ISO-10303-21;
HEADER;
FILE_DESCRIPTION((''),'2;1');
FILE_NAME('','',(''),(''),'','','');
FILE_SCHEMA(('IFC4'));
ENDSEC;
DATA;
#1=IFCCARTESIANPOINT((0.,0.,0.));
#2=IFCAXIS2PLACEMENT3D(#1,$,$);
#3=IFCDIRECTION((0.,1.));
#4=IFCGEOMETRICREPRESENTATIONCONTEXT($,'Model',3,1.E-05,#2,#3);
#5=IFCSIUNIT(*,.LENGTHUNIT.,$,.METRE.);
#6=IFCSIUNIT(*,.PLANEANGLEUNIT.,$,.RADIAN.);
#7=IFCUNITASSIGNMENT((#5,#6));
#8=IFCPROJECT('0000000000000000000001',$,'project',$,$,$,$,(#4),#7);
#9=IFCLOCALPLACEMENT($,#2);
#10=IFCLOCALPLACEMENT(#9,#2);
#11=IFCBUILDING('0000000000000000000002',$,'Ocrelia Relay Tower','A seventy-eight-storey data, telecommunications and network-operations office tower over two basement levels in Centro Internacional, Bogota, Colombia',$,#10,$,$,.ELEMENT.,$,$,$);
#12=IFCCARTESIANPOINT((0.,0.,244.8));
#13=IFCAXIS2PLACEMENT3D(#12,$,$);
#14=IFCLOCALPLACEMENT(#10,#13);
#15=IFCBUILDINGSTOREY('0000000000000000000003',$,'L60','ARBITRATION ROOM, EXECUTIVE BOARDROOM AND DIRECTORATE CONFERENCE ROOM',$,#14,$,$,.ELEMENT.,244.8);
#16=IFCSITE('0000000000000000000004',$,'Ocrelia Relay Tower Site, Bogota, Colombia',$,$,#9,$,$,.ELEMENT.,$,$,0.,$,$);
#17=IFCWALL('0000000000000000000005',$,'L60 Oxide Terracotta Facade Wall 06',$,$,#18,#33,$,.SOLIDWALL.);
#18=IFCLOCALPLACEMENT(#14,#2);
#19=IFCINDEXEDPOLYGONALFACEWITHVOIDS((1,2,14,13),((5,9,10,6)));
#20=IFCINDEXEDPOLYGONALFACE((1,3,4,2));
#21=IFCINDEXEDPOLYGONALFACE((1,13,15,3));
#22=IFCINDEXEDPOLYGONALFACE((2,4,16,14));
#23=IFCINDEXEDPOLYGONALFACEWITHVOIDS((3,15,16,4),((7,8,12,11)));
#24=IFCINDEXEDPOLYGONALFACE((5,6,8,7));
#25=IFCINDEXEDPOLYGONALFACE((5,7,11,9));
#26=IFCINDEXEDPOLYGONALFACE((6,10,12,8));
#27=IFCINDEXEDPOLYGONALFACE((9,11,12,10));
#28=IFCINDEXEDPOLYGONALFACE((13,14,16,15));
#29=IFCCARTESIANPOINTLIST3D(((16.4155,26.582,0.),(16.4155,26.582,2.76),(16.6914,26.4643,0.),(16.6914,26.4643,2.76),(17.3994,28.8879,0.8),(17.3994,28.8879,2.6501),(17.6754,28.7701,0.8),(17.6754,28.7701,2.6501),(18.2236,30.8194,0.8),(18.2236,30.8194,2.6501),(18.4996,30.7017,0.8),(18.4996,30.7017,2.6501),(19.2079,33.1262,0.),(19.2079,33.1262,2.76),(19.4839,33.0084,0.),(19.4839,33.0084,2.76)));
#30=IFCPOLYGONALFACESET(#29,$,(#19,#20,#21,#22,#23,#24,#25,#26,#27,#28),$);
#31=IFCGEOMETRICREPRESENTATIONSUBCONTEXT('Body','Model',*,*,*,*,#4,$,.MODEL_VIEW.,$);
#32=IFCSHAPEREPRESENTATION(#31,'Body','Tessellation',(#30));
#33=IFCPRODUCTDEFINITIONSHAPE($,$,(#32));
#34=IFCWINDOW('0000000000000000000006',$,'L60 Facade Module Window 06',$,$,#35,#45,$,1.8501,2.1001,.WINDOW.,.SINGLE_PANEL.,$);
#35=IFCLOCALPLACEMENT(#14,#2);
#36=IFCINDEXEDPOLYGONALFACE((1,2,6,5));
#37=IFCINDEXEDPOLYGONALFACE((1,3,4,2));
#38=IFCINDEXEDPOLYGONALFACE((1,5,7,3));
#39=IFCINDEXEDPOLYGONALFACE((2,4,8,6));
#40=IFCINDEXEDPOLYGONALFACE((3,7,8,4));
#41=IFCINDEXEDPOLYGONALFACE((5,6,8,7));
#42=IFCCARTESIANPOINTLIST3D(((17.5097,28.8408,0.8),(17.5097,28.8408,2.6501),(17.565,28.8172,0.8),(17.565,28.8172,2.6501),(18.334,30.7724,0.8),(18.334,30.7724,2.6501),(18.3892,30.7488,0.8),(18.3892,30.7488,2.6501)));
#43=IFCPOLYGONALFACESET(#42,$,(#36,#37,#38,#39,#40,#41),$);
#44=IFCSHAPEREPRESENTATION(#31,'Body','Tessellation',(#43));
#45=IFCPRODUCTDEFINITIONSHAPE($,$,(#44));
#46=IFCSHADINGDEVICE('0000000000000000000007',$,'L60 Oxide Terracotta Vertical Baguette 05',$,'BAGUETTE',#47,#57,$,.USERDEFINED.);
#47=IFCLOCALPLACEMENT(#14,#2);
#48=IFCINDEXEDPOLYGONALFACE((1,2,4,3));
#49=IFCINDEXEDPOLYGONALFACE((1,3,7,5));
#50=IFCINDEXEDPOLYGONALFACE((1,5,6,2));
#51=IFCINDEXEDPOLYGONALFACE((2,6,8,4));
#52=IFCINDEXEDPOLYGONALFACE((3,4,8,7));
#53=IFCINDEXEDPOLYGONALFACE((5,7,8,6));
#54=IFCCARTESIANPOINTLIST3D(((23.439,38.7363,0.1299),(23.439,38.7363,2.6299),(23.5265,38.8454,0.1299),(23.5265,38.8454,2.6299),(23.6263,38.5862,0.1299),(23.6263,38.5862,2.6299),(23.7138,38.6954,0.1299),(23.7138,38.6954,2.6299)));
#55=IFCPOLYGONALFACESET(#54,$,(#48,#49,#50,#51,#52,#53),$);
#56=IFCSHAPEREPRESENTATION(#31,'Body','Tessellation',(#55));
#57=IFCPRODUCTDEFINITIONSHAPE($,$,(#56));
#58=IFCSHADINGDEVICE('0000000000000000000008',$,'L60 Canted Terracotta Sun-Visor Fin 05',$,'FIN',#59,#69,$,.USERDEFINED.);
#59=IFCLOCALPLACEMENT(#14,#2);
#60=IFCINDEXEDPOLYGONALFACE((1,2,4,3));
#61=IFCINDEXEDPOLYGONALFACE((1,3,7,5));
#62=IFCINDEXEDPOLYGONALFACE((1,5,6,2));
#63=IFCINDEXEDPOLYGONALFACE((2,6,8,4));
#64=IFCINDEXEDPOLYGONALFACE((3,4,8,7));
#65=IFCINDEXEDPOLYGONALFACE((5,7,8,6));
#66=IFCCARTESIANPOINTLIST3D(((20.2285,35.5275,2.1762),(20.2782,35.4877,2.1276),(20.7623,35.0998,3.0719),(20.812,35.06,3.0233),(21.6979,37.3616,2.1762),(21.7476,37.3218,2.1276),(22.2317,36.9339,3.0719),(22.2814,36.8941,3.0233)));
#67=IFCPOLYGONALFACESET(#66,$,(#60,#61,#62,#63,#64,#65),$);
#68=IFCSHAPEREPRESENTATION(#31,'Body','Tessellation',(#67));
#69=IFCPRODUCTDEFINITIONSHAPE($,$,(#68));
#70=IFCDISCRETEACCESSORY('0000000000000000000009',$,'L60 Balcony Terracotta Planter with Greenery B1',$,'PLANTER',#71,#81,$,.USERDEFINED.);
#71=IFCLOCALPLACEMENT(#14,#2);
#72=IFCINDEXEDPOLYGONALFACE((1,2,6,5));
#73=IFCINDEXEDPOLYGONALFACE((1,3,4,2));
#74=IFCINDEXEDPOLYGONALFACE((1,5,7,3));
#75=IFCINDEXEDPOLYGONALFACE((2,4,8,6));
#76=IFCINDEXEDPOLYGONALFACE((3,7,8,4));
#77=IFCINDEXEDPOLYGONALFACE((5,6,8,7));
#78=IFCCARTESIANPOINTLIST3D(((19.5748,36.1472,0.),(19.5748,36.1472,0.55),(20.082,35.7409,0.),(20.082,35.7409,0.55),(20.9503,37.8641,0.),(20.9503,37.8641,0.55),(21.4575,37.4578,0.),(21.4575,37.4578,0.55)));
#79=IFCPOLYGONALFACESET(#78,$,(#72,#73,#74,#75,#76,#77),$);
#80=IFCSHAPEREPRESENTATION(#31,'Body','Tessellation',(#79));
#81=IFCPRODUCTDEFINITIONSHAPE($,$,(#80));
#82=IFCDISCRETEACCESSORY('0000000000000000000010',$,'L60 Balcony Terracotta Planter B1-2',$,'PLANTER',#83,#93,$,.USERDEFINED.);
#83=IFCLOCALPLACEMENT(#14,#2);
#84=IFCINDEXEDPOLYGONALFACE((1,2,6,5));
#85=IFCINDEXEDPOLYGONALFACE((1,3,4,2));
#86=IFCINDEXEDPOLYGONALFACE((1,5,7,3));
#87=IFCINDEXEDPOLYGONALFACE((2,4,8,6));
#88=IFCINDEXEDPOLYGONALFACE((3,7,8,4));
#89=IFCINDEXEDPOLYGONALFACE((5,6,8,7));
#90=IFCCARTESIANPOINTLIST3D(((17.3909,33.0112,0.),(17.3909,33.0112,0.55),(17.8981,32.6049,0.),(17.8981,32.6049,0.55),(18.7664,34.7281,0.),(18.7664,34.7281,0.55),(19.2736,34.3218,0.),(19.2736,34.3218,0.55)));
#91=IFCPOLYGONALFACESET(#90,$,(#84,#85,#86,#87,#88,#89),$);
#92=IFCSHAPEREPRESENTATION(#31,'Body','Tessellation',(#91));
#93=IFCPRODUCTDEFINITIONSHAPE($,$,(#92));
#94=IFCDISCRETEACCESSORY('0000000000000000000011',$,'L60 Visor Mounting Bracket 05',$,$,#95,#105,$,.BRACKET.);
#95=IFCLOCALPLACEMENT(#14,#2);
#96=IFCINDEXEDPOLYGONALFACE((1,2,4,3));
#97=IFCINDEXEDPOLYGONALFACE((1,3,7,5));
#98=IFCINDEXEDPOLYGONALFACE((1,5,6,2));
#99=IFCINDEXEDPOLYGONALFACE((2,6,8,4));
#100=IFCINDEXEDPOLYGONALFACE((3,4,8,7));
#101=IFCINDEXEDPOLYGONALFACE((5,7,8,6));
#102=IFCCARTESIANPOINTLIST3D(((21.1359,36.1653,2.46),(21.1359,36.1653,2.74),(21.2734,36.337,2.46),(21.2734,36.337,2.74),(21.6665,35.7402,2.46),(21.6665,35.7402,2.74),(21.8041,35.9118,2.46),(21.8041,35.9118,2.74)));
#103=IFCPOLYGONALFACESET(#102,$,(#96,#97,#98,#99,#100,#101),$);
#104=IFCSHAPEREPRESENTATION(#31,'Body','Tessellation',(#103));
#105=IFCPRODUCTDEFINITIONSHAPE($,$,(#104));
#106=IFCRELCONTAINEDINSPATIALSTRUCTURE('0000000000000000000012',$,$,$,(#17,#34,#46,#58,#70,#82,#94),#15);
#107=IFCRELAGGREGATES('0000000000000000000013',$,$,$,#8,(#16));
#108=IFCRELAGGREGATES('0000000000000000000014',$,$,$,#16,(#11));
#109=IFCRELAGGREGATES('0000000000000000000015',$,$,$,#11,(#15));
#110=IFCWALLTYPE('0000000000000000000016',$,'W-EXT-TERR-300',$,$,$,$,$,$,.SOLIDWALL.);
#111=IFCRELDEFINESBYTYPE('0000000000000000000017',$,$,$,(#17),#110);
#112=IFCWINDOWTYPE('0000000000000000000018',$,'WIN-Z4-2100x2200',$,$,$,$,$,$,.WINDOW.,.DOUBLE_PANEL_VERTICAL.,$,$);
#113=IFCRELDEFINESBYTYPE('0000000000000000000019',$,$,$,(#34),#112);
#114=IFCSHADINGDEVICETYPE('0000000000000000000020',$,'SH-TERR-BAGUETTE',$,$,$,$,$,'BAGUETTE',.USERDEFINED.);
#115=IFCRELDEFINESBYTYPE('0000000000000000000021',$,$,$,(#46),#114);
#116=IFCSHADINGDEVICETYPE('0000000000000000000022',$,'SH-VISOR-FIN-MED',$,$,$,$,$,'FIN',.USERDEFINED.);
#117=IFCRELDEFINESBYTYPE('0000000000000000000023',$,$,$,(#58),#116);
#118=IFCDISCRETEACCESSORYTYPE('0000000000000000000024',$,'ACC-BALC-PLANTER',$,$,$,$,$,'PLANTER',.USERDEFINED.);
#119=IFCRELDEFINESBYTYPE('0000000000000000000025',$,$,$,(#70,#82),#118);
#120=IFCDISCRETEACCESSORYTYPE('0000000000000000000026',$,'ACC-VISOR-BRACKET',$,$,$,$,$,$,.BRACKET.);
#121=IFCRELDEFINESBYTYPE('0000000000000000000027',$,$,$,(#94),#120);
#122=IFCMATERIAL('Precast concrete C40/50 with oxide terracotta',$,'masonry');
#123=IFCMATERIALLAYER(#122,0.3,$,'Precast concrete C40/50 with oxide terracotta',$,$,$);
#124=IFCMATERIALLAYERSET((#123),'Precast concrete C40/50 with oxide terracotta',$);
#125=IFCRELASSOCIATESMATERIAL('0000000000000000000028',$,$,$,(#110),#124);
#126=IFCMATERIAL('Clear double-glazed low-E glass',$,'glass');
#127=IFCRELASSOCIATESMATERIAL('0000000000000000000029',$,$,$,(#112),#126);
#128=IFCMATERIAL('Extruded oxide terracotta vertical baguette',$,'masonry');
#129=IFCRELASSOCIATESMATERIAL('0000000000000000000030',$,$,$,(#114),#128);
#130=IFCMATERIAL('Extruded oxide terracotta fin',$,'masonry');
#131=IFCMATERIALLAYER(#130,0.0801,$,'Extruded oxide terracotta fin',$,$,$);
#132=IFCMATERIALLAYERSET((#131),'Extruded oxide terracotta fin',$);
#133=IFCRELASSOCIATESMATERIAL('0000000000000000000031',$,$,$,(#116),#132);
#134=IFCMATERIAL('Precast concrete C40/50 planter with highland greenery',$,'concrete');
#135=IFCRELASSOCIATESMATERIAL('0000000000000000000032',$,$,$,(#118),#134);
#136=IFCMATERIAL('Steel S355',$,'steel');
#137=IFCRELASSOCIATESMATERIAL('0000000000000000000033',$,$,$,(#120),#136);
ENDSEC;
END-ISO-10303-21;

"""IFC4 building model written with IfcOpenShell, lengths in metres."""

from ifc_helpers import new_model, si_unit, direction, frame, frame_2d, origin, origin_2d, place, context, subcontext, project, spatial, rectangle, extrude, material, layer, layer_set, type_object, element, fill, save


model = new_model("IFC4")

# Units and contexts
model_context = context("Model", 3, precision=1e-05, world=origin(), true_north=direction((0.0, 1.0)))
body_context = subcontext(model_context, "Body", "Model", "MODEL_VIEW")
ifc_project = project(units=[si_unit("LENGTHUNIT", "METRE"), si_unit("PLANEANGLEUNIT", "RADIAN")], contexts=[model_context])

# Site, building, storey
site_placement = place(None, origin())
site = spatial("IfcSite", under=ifc_project, at=site_placement, Name="Ocrelia Relay Tower Site, Bogota, Colombia", CompositionType="ELEMENT", RefElevation=0.0)
building_placement = place(site_placement, origin())
building = spatial("IfcBuilding", under=site, at=building_placement, Name="Ocrelia Relay Tower", Description="A seventy-eight-storey data, telecommunications and network-operations office tower over two basement levels in Centro Internacional, Bogota, Colombia", CompositionType="ELEMENT")
storey_placement = place(building_placement, frame((0.0, 0.0, 244.8)))
storey = spatial("IfcBuildingStorey", under=building, at=storey_placement, Name="L60", Description="ARBITRATION ROOM, EXECUTIVE BOARDROOM AND DIRECTORATE CONFERENCE ROOM", CompositionType="ELEMENT", Elevation=244.8)

# Shared definitions
ifc_material_1 = material(Name="Steel S355", Category="steel")

# Shared definitions
ifc_material_2 = material(Name="Precast concrete C40/50 with oxide terracotta", Category="masonry")
ifc_layer_1 = layer(ifc_material_2, 0.3, Name="Precast concrete C40/50 with oxide terracotta")
ifc_layer_set_1 = layer_set([ifc_layer_1], Name="Precast concrete C40/50 with oxide terracotta")
wall_type_1 = type_object("IfcWallType", Name="W-EXT-TERR-300", PredefinedType="SOLIDWALL", material=ifc_layer_set_1)

# Wall, opening, window
wall_1_placement = place(storey_placement, frame((19.3459, 33.0674, 0.0), z_axis=(0.0, 0.0, 1.0), x_axis=(-0.392474, -0.919763, 0.0)))
wall_1 = element("IfcWall", 1, at=wall_1_placement, inside=storey, type_object=wall_type_1, Name="L60 Oxide Terracotta Facade Wall 06", PredefinedType="SOLIDWALL", context=body_context, shape_type="SweptSolid", body=[
    extrude(rectangle(XDim=7.115, YDim=0.3, at=frame_2d((3.5576, 0.0))), origin(), (0.0, 0.0, 1.0), 2.76),
])
opening_1_placement = place(wall_1_placement, frame((2.5081, 0.0, 0.8)))
opening_1 = element("IfcOpeningElement", 2, at=opening_1_placement, cuts=wall_1, PredefinedType="OPENING", context=body_context, shape_type="SweptSolid", body=[
    extrude(rectangle(XDim=2.1001, YDim=1.8501, at=frame_2d((1.05, 0.925))), frame((0.0, 0.1602, 0.0), z_axis=(0.0, -1.0, 0.0), x_axis=(1.0, 0.0, 0.0)), (0.0, 0.0, 1.0), 0.3201),
])
ifc_material_3 = material(Name="Clear double-glazed low-E glass", Category="glass")
window_type = type_object("IfcWindowType", Name="WIN-Z4-2100x2200", PartitioningType="DOUBLE_PANEL_VERTICAL", PredefinedType="WINDOW", material=ifc_material_3)
window_placement = place(opening_1_placement, origin())
window = element("IfcWindow", 3, at=window_placement, inside=storey, type_object=window_type, Name="L60 Facade Module Window 06", OverallHeight=1.8501, OverallWidth=2.1001, PartitioningType="SINGLE_PANEL", PredefinedType="WINDOW", context=body_context, shape_type="SweptSolid", body=[
    extrude(rectangle(XDim=2.1001, YDim=1.8501, at=frame_2d((1.05, 0.925))), frame((0.0, 0.03, 0.0), z_axis=(0.0, -1.0, 0.0), x_axis=(1.0, 0.0, 0.0)), (0.0, 0.0, 1.0), 0.0601),
])
fill(opening_1, window)

# Shading devices
ifc_material_4 = material(Name="Extruded oxide terracotta vertical baguette", Category="masonry")
shading_device_type_1 = type_object("IfcShadingDeviceType", Name="SH-TERR-BAGUETTE", ElementType="BAGUETTE", PredefinedType="USERDEFINED", material=ifc_material_4)
shading_device_1_placement = place(storey_placement, frame((23.5764, 38.7158, 0.1299), z_axis=(0.0, 0.0, 1.0), x_axis=(-0.625245, -0.780429, 0.0)))
element("IfcShadingDevice", 4, at=shading_device_1_placement, inside=storey, type_object=shading_device_type_1, Name="L60 Oxide Terracotta Vertical Baguette 05", ObjectType="BAGUETTE", PredefinedType="USERDEFINED", context=body_context, shape_type="SweptSolid", body=[
    extrude(rectangle(XDim=0.1399, YDim=0.24, at=origin_2d()), origin(), (0.0, 0.0, 1.0), 2.5),
])
ifc_material_5 = material(Name="Extruded oxide terracotta fin", Category="masonry")
ifc_layer_2 = layer(ifc_material_5, 0.0801, Name="Extruded oxide terracotta fin")
ifc_layer_set_2 = layer_set([ifc_layer_2], Name="Extruded oxide terracotta fin")
shading_device_type_2 = type_object("IfcShadingDeviceType", Name="SH-VISOR-FIN-MED", ElementType="FIN", PredefinedType="USERDEFINED", material=ifc_layer_set_2)
shading_device_2_placement = place(storey_placement, frame((21.2798, 36.1909, 2.5754), z_axis=(-0.620232, 0.496903, 0.60696), x_axis=(-0.625245, -0.780429, 0.0)))
element("IfcShadingDevice", 5, at=shading_device_2_placement, inside=storey, type_object=shading_device_type_2, Name="L60 Canted Terracotta Sun-Visor Fin 05", ObjectType="FIN", PredefinedType="USERDEFINED", context=body_context, shape_type="SweptSolid", body=[
    extrude(rectangle(XDim=2.3501, YDim=1.127, at=origin_2d()), origin(), (0.0, 0.0, 1.0), 0.0801),
])

# Discrete accessories
ifc_material_6 = material(Name="Precast concrete C40/50 planter with highland greenery", Category="concrete")
discrete_accessory_type_1 = type_object("IfcDiscreteAccessoryType", Name="ACC-BALC-PLANTER", ElementType="PLANTER", PredefinedType="USERDEFINED", material=ifc_material_6)
for number, where, z_axis, x_axis, name in (
    (6, (20.5161, 36.8025, 0.0), (0.0, 0.0, 1.0), (0.625246, 0.780428, 0.0), "L60 Balcony Terracotta Planter with Greenery B1"),
    (7, (18.3323, 33.6665, 0.0), (0.0, 0.0, 1.0), (0.625246, 0.780428, 0.0), "L60 Balcony Terracotta Planter B1-2"),
):
    element("IfcDiscreteAccessory", number, at=place(storey_placement, frame(where, z_axis=z_axis, x_axis=x_axis)), inside=storey, type_object=discrete_accessory_type_1, Name=name, ObjectType="PLANTER", PredefinedType="USERDEFINED", context=body_context, shape_type="SweptSolid", body=[
        extrude(rectangle(XDim=2.2, YDim=0.6499, at=origin_2d()), origin(), (0.0, 0.0, 1.0), 0.55),
    ])
discrete_accessory_type_2 = type_object("IfcDiscreteAccessoryType", Name="ACC-VISOR-BRACKET", PredefinedType="BRACKET", material=ifc_material_1)
discrete_accessory_placement = place(storey_placement, frame((21.47, 36.0386, 2.46), z_axis=(0.0, 0.0, 1.0), x_axis=(-0.625245, -0.780429, 0.0)))
element("IfcDiscreteAccessory", 8, at=discrete_accessory_placement, inside=storey, type_object=discrete_accessory_type_2, Name="L60 Visor Mounting Bracket 05", PredefinedType="BRACKET", context=body_context, shape_type="SweptSolid", body=[
    extrude(rectangle(XDim=0.22, YDim=0.6799, at=origin_2d()), origin(), (0.0, 0.0, 1.0), 0.28),
])

save(model, "model.ifc")
